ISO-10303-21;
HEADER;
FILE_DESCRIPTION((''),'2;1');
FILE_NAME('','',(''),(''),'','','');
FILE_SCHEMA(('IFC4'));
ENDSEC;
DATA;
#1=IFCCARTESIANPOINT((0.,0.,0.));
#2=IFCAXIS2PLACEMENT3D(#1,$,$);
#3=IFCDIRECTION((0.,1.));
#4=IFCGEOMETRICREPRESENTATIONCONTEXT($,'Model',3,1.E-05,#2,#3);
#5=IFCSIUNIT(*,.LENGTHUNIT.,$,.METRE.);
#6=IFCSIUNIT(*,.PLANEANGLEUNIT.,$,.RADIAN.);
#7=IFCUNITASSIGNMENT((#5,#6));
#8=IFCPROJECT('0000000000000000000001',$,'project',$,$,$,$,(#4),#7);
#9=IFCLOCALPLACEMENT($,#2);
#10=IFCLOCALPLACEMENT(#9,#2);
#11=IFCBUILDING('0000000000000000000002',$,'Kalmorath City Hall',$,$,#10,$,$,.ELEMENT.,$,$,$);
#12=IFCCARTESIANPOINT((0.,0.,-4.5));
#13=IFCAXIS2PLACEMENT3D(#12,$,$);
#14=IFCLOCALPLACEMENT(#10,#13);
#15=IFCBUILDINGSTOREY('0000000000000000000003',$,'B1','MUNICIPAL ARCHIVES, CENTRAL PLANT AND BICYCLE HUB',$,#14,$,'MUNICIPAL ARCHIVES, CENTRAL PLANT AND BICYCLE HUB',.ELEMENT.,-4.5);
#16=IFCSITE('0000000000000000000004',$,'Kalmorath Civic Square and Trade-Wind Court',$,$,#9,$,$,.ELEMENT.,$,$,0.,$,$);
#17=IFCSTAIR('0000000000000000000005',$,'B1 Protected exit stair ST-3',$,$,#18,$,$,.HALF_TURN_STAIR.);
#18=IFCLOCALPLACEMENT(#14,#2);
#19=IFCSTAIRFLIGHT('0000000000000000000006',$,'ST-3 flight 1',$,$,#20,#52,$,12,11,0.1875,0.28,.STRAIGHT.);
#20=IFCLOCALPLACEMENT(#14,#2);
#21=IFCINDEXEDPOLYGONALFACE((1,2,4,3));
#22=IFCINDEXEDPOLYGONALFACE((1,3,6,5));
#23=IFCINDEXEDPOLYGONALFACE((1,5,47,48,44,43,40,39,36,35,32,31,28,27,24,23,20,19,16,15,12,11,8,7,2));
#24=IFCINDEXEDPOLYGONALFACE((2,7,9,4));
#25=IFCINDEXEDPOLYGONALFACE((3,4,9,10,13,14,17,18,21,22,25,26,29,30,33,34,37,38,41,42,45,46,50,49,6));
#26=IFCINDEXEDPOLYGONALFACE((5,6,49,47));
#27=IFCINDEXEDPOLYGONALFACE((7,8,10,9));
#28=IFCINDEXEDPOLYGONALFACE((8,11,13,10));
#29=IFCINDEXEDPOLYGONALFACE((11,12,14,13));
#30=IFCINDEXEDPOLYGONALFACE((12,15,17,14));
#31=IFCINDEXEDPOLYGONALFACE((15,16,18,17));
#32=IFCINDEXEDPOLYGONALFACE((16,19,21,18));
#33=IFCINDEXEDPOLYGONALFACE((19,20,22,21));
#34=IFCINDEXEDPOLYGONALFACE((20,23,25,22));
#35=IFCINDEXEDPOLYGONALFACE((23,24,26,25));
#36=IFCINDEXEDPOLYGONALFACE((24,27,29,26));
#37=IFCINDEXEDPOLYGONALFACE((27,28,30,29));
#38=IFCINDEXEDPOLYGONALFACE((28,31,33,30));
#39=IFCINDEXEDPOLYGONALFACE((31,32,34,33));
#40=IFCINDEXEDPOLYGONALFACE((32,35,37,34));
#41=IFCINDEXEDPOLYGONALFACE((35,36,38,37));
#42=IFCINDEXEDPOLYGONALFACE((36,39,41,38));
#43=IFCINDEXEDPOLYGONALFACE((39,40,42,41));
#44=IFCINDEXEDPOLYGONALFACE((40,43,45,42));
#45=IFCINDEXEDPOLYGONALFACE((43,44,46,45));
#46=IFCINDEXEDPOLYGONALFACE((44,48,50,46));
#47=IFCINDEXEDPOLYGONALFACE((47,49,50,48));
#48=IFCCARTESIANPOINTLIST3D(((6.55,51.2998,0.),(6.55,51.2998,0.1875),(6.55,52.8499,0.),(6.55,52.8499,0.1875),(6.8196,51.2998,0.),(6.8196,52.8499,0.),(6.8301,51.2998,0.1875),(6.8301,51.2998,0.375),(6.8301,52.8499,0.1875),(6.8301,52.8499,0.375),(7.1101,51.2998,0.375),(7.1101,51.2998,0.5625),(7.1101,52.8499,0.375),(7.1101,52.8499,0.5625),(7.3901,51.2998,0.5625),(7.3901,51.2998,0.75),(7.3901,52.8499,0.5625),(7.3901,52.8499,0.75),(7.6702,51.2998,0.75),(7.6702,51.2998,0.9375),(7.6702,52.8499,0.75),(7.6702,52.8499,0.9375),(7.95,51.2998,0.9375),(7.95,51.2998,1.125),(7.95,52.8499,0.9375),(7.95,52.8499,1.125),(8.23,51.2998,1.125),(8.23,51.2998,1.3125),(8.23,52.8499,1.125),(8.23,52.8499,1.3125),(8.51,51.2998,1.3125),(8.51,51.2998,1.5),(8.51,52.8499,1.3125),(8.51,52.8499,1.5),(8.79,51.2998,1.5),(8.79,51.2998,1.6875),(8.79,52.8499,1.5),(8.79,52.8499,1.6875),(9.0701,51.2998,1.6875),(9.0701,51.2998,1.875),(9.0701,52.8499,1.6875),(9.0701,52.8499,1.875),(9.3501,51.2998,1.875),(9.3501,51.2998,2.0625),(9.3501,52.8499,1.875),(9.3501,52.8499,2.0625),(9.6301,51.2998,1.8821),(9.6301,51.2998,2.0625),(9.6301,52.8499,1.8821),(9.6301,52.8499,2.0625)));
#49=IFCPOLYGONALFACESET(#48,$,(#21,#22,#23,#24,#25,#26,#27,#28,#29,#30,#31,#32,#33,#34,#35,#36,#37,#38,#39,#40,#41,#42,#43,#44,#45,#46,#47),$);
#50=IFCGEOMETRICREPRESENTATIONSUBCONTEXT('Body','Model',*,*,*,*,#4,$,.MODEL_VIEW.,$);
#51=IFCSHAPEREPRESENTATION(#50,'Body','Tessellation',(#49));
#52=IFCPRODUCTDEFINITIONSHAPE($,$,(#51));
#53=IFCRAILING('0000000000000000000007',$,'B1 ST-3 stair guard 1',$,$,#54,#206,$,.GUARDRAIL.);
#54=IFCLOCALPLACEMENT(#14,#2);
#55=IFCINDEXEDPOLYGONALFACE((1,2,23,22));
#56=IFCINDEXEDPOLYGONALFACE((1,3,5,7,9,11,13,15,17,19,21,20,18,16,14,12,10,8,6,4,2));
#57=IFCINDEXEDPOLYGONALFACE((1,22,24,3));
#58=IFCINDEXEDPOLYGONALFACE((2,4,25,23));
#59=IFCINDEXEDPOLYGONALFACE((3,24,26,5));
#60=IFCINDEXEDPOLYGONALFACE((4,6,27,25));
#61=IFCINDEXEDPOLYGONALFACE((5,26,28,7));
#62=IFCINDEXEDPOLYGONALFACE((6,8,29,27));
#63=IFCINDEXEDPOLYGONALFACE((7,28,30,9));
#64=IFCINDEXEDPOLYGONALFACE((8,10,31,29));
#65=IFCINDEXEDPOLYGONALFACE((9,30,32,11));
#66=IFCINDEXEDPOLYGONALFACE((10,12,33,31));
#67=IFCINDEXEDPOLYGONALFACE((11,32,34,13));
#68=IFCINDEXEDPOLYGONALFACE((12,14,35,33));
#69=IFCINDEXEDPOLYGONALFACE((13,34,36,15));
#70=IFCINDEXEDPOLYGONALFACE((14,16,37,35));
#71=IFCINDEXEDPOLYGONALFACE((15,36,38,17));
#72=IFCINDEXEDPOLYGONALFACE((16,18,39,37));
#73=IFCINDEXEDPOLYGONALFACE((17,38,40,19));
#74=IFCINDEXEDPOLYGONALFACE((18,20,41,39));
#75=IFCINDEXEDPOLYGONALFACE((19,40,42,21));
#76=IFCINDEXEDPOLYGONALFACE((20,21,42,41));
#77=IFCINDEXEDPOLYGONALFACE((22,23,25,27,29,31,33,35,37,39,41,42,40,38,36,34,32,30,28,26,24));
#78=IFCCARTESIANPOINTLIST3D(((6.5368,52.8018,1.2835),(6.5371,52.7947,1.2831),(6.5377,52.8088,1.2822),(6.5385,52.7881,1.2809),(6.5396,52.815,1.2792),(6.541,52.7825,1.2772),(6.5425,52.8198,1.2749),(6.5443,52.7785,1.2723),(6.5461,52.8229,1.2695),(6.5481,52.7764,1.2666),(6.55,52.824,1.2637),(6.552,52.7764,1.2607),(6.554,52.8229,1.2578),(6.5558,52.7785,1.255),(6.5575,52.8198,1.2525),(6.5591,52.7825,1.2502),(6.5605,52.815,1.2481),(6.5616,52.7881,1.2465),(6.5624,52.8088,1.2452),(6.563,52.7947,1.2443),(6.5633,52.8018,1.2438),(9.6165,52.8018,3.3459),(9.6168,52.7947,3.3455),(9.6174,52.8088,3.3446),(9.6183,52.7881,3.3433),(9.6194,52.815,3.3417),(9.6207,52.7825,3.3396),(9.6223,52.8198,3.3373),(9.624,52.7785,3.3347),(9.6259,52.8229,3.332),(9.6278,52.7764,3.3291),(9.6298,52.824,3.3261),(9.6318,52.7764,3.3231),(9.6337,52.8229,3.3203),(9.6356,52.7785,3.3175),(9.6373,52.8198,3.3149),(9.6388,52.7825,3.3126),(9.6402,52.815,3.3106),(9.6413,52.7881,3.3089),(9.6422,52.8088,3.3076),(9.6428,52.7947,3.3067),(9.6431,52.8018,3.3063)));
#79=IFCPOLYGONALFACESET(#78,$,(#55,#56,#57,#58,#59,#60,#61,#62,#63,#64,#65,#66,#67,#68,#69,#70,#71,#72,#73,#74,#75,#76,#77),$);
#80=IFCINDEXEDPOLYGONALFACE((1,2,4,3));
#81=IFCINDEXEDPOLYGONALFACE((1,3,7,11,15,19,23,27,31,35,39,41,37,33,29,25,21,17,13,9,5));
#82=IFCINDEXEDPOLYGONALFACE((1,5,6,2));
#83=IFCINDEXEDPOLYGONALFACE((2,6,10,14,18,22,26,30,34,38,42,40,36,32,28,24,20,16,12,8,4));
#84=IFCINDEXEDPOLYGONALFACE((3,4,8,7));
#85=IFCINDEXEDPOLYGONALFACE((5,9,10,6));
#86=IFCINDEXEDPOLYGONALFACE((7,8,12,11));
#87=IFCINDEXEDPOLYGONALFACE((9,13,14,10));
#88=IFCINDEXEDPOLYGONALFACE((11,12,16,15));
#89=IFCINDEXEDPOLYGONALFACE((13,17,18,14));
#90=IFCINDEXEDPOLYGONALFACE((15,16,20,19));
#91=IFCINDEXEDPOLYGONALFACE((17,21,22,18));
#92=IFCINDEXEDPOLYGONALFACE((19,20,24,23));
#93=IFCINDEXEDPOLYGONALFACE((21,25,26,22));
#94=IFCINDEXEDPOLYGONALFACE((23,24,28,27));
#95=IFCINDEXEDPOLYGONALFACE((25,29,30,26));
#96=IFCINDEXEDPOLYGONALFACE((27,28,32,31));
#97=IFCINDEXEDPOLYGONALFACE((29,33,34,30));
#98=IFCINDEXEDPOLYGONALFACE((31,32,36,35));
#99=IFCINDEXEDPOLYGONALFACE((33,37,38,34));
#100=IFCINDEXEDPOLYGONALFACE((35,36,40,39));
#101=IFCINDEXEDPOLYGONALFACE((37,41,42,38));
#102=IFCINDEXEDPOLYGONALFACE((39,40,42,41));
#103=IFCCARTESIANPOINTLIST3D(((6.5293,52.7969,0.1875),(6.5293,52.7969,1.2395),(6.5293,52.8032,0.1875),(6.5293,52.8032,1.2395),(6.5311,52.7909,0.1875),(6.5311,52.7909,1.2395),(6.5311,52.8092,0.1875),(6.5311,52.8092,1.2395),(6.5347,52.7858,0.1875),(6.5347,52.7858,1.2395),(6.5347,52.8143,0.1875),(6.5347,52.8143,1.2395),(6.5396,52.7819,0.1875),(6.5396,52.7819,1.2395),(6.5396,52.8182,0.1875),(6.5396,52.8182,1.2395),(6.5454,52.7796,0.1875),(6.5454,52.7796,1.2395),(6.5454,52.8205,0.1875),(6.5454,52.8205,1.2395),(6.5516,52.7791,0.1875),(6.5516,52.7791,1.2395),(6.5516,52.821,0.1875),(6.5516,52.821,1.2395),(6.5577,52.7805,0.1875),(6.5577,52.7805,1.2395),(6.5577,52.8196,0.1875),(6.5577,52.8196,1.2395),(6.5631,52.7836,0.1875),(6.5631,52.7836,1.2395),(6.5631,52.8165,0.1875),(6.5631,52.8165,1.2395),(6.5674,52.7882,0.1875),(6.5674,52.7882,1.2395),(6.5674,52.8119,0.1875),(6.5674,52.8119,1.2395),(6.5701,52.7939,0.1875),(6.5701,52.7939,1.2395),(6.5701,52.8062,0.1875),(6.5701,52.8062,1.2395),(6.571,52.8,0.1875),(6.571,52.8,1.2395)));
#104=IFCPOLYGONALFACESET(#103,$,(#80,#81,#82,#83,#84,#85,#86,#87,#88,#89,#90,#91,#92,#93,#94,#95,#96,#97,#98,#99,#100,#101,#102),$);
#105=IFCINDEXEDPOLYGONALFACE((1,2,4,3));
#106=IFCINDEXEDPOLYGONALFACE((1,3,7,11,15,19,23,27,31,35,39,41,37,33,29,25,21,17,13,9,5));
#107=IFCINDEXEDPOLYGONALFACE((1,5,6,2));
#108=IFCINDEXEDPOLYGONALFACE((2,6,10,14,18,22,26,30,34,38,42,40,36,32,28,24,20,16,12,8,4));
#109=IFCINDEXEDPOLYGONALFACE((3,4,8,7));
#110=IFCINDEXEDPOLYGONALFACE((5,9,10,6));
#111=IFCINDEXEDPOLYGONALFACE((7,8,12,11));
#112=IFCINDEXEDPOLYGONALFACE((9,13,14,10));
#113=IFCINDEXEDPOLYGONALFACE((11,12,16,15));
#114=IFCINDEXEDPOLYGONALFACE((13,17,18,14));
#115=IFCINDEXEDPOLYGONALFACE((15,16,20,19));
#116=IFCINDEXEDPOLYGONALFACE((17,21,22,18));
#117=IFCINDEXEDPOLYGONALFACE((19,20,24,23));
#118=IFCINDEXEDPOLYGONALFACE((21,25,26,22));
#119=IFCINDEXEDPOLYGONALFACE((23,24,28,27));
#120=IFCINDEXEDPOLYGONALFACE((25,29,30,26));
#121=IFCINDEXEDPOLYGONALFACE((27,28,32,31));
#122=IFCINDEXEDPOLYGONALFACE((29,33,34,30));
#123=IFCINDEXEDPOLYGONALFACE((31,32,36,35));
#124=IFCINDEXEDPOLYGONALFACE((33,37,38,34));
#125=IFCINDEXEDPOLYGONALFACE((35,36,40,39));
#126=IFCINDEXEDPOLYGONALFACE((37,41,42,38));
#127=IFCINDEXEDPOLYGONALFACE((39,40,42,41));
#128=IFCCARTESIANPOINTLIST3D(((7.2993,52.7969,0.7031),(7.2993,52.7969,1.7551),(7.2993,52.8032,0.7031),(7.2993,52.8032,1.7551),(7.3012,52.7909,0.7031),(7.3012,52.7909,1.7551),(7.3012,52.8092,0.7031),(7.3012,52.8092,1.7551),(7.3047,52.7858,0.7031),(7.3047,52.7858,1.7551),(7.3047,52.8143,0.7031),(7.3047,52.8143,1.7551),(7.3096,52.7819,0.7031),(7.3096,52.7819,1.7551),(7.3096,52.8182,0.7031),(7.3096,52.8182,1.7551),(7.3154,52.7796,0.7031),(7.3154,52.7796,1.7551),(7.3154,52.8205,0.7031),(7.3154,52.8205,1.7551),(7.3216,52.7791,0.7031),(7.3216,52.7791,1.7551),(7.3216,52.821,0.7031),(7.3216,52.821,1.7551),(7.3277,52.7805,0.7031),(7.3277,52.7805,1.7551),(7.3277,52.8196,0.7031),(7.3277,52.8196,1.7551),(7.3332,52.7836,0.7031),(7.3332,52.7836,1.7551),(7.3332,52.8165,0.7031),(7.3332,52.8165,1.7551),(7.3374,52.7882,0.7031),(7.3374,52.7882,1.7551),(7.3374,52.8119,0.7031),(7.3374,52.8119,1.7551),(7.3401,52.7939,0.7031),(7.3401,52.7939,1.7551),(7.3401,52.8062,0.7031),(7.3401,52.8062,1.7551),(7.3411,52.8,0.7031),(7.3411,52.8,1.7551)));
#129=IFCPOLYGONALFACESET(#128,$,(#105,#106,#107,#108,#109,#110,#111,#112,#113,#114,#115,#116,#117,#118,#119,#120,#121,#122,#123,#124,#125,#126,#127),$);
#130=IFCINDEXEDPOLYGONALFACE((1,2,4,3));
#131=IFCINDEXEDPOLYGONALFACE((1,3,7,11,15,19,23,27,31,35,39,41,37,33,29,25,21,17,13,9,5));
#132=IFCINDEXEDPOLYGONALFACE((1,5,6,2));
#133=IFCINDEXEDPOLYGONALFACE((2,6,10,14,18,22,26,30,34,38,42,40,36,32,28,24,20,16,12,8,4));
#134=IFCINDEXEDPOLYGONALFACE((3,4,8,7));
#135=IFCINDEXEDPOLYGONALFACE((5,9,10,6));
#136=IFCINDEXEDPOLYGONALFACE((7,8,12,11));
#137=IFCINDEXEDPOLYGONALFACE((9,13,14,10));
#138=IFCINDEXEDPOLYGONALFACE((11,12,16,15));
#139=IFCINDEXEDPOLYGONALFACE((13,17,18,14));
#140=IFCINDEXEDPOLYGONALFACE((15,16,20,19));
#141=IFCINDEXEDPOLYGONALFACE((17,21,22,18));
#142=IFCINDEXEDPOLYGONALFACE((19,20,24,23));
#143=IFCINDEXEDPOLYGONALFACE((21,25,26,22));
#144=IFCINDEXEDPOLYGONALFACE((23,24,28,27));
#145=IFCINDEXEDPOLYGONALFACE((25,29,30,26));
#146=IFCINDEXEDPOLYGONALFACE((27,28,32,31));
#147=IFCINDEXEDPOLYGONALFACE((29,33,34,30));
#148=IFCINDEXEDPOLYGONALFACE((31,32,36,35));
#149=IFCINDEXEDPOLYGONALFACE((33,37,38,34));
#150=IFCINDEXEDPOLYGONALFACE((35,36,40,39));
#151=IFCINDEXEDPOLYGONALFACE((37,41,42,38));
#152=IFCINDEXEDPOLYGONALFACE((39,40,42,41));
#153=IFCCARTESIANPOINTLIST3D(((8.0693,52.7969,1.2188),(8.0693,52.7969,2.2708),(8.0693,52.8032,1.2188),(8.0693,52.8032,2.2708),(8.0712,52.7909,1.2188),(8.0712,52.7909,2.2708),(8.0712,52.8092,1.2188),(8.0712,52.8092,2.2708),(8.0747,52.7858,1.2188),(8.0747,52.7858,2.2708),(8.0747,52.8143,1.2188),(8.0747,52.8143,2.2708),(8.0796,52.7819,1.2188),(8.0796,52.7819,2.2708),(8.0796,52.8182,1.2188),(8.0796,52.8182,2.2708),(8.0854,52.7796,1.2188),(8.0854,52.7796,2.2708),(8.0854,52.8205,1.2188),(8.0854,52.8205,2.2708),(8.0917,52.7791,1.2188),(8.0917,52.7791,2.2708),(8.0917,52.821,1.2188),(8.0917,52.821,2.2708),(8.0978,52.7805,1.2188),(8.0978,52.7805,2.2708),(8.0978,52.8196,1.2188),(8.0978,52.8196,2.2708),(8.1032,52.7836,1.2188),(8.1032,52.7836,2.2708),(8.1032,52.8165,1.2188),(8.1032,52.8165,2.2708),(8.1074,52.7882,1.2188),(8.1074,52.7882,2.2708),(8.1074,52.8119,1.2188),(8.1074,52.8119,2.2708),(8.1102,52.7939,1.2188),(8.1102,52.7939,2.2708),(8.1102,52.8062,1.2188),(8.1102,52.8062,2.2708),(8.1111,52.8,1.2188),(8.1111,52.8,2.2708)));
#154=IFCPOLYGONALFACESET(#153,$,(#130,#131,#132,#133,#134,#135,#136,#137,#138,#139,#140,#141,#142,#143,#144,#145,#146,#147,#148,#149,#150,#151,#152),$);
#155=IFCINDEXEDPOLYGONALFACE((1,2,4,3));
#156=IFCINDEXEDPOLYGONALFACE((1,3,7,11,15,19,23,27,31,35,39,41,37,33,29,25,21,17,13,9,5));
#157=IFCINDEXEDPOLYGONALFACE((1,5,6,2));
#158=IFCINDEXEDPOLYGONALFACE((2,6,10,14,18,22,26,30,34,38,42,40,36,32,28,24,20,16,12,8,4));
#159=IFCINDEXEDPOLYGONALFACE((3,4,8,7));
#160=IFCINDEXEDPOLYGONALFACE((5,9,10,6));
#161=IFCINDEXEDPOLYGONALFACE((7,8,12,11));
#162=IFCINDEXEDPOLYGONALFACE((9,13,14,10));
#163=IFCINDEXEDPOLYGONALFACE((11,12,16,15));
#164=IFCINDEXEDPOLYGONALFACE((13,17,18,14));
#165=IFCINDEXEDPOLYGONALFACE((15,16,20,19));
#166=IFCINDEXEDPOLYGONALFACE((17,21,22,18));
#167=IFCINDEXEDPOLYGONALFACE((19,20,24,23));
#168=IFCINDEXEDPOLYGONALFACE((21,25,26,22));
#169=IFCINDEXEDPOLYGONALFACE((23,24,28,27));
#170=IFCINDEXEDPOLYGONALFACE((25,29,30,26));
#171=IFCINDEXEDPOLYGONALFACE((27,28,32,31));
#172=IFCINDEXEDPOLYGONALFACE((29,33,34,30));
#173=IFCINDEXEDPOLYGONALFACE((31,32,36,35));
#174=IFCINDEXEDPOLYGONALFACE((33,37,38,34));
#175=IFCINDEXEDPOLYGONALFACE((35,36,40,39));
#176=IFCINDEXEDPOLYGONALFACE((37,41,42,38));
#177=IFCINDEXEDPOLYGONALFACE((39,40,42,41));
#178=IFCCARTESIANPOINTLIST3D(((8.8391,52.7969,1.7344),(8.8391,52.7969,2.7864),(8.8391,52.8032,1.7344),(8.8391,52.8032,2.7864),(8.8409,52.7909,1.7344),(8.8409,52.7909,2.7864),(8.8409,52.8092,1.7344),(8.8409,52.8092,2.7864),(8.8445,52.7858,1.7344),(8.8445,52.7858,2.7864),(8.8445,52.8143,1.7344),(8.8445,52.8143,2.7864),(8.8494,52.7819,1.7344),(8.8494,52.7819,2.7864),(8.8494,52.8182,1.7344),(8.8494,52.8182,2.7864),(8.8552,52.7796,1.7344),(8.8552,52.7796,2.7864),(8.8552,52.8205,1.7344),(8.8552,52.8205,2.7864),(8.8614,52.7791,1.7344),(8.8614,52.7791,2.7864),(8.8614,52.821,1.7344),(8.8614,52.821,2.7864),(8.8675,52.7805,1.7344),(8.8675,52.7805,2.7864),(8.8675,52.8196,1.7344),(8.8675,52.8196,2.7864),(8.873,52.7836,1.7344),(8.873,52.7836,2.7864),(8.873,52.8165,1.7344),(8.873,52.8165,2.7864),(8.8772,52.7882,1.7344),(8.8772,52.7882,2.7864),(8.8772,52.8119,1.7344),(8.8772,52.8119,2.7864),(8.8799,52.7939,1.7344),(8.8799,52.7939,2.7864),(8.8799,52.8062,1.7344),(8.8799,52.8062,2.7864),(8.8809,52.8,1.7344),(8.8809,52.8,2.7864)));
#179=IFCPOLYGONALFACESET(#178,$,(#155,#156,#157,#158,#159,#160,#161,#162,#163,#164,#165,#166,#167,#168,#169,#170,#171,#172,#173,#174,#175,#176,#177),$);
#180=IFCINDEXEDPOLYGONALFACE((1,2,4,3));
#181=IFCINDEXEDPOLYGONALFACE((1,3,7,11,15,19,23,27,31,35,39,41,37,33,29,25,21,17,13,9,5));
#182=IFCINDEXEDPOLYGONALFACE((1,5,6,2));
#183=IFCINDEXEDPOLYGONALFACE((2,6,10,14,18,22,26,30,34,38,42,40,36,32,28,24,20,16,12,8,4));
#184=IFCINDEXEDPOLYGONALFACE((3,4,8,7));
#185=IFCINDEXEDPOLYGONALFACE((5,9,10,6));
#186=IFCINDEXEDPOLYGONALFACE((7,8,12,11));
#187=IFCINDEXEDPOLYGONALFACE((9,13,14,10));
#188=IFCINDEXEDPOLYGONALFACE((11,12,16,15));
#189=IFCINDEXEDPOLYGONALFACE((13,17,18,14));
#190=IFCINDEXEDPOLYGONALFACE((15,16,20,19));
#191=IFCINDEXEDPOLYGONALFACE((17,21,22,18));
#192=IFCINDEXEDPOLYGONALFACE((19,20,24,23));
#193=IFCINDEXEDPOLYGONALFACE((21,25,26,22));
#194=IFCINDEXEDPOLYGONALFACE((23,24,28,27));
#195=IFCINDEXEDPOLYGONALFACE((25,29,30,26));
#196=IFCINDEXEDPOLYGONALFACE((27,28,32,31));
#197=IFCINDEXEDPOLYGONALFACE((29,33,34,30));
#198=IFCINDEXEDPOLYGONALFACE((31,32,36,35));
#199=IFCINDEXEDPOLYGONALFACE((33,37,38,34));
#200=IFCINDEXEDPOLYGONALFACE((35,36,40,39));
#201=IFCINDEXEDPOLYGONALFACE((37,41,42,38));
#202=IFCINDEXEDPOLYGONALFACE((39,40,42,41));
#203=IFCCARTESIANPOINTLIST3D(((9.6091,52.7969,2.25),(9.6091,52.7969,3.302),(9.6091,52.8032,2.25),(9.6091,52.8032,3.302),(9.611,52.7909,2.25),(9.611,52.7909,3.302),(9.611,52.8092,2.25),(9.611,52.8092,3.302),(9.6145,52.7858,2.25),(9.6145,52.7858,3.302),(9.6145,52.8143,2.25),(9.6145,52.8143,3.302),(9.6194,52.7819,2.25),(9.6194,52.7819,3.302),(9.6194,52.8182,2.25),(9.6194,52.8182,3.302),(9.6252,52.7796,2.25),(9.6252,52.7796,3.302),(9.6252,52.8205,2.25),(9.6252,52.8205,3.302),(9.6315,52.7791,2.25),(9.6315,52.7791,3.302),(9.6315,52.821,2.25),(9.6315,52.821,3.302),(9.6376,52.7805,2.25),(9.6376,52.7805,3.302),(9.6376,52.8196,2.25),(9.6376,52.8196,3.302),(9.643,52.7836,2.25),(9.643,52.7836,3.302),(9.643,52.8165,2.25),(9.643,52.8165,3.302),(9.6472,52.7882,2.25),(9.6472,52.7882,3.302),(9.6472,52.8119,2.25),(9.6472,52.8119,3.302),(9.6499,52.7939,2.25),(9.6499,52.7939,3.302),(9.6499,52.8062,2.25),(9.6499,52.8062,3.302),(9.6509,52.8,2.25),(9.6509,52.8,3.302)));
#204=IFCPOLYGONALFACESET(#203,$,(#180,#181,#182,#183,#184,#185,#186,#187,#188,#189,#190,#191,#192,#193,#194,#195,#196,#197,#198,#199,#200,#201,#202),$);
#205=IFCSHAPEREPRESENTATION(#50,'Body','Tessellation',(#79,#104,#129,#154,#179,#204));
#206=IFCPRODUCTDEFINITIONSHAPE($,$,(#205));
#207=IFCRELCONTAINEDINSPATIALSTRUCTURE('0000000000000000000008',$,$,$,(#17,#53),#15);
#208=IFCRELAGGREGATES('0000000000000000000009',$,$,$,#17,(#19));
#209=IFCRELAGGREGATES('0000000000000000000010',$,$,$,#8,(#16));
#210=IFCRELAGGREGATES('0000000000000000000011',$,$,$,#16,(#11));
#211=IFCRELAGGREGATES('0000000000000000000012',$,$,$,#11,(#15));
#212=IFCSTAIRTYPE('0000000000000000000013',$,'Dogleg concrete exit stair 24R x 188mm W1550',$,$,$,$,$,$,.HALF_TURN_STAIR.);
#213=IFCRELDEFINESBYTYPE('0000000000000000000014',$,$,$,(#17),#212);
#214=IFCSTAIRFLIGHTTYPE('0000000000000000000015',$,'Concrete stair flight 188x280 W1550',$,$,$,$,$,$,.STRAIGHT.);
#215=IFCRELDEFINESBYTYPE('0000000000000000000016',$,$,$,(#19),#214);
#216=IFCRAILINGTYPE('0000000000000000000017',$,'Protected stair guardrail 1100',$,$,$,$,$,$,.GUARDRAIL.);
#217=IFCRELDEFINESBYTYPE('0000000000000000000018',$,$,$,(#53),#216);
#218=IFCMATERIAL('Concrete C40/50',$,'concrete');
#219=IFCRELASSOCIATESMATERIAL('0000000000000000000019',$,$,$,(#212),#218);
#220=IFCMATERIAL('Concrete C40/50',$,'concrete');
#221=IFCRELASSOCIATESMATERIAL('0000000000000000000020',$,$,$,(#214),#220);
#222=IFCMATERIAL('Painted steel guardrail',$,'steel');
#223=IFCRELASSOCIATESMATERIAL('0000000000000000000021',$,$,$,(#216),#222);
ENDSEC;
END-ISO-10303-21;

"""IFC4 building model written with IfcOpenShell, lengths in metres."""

from ifc_helpers import new_model, si_unit, direction, frame, origin, origin_2d, place, context, subcontext, project, spatial, polyline, circle, outline, extrude, material, type_object, element, aggregate, save


model = new_model("IFC4")

# Units and contexts
model_context = context("Model", 3, precision=1e-05, world=origin(), true_north=direction((0.0, 1.0)))
body_context = subcontext(model_context, "Body", "Model", "MODEL_VIEW")
ifc_project = project(units=[si_unit("LENGTHUNIT", "METRE"), si_unit("PLANEANGLEUNIT", "RADIAN")], contexts=[model_context])

# Site, building, storey
site_placement = place(None, origin())
site = spatial("IfcSite", under=ifc_project, at=site_placement, Name="Kalmorath Civic Square and Trade-Wind Court", CompositionType="ELEMENT", RefElevation=0.0)
building_placement = place(site_placement, origin())
building = spatial("IfcBuilding", under=site, at=building_placement, Name="Kalmorath City Hall", CompositionType="ELEMENT")
storey_placement = place(building_placement, frame((0.0, 0.0, -4.5)))
storey = spatial("IfcBuildingStorey", under=building, at=storey_placement, Name="B1", Description="MUNICIPAL ARCHIVES, CENTRAL PLANT AND BICYCLE HUB", LongName="MUNICIPAL ARCHIVES, CENTRAL PLANT AND BICYCLE HUB", CompositionType="ELEMENT", Elevation=-4.5)

# Stair, stair flight
ifc_material_1 = material(Name="Concrete C40/50", Category="concrete")
stair_type = type_object("IfcStairType", Name="Dogleg concrete exit stair 24R x 188mm W1550", PredefinedType="HALF_TURN_STAIR", material=ifc_material_1)
stair_placement = place(storey_placement, origin())
stair = element("IfcStair", 1, at=stair_placement, inside=storey, type_object=stair_type, Name="B1 Protected exit stair ST-3", PredefinedType="HALF_TURN_STAIR")
ifc_material_2 = material(Name="Concrete C40/50", Category="concrete")
stair_flight_type = type_object("IfcStairFlightType", Name="Concrete stair flight 188x280 W1550", PredefinedType="STRAIGHT", material=ifc_material_2)
stair_flight_placement = place(storey_placement, frame((6.55, 52.075, 0.0), z_axis=(0.0, 0.0, 1.0), x_axis=(1.0, 0.0, 0.0)))
stair_flight = element("IfcStairFlight", 2, at=stair_flight_placement, type_object=stair_flight_type, Name="ST-3 flight 1", NumberOfRisers=12, NumberOfTreads=11, PredefinedType="STRAIGHT", RiserHeight=0.1875, TreadLength=0.28, context=body_context, shape_type="SweptSolid", body=[
    extrude(outline(polyline([(0.0, 0.0), (0.0, 0.1875), (0.28, 0.1875), (0.28, 0.375), (0.5601, 0.375), (0.5601, 0.5625), (0.8401, 0.5625), (0.8401, 0.75), (1.1201, 0.75), (1.1201, 0.9375), (1.3999, 0.9375), (1.3999, 1.125), (1.6799, 1.125), (1.6799, 1.3125), (1.96, 1.3125), (1.96, 1.5), (2.24, 1.5), (2.24, 1.6875), (2.52, 1.6875), (2.52, 1.875), (2.8, 1.875), (2.8, 2.0625), (3.0801, 2.0625), (3.0801, 2.25), (3.0801, 1.8821), (0.2695, 0.0), (0.0, 0.0)])), frame((0.0, 0.7749, 0.0), z_axis=(0.0, -1.0, 0.0), x_axis=(1.0, 0.0, 0.0)), (0.0, 0.0, 1.0), 1.55),
])
aggregate(stair, [stair_flight])

# Railing
ifc_material_3 = material(Name="Painted steel guardrail", Category="steel")
railing_type_1 = type_object("IfcRailingType", Name="Protected stair guardrail 1100", PredefinedType="GUARDRAIL", material=ifc_material_3)
railing_1_placement = place(storey_placement, frame((6.55, 52.8, 0.1875)))
element("IfcRailing", 3, at=railing_1_placement, inside=storey, type_object=railing_type_1, Name="B1 ST-3 stair guard 1", PredefinedType="GUARDRAIL", context=body_context, shape_type="SweptSolid", body=[
    extrude(circle(Radius=0.0239, at=origin_2d()), frame((0.0, 0.0, 1.0762), z_axis=(0.830893, 0.0, 0.556432), x_axis=(0.0, 1.0, 0.0)), (0.0, 0.0, 1.0), 3.7065),
    extrude(circle(Radius=0.021, at=origin_2d()), origin(), (0.0, 0.0, 1.0), 1.052),
    extrude(circle(Radius=0.021, at=origin_2d()), frame((0.77, 0.0, 0.5156)), (0.0, 0.0, 1.0), 1.052),
    extrude(circle(Radius=0.021, at=origin_2d()), frame((1.54, 0.0, 1.0312)), (0.0, 0.0, 1.0), 1.052),
    extrude(circle(Radius=0.021, at=origin_2d()), frame((2.3098, 0.0, 1.5469)), (0.0, 0.0, 1.0), 1.052),
    extrude(circle(Radius=0.021, at=origin_2d()), frame((3.0798, 0.0, 2.0625)), (0.0, 0.0, 1.0), 1.052),
])

save(model, "model.ifc")
